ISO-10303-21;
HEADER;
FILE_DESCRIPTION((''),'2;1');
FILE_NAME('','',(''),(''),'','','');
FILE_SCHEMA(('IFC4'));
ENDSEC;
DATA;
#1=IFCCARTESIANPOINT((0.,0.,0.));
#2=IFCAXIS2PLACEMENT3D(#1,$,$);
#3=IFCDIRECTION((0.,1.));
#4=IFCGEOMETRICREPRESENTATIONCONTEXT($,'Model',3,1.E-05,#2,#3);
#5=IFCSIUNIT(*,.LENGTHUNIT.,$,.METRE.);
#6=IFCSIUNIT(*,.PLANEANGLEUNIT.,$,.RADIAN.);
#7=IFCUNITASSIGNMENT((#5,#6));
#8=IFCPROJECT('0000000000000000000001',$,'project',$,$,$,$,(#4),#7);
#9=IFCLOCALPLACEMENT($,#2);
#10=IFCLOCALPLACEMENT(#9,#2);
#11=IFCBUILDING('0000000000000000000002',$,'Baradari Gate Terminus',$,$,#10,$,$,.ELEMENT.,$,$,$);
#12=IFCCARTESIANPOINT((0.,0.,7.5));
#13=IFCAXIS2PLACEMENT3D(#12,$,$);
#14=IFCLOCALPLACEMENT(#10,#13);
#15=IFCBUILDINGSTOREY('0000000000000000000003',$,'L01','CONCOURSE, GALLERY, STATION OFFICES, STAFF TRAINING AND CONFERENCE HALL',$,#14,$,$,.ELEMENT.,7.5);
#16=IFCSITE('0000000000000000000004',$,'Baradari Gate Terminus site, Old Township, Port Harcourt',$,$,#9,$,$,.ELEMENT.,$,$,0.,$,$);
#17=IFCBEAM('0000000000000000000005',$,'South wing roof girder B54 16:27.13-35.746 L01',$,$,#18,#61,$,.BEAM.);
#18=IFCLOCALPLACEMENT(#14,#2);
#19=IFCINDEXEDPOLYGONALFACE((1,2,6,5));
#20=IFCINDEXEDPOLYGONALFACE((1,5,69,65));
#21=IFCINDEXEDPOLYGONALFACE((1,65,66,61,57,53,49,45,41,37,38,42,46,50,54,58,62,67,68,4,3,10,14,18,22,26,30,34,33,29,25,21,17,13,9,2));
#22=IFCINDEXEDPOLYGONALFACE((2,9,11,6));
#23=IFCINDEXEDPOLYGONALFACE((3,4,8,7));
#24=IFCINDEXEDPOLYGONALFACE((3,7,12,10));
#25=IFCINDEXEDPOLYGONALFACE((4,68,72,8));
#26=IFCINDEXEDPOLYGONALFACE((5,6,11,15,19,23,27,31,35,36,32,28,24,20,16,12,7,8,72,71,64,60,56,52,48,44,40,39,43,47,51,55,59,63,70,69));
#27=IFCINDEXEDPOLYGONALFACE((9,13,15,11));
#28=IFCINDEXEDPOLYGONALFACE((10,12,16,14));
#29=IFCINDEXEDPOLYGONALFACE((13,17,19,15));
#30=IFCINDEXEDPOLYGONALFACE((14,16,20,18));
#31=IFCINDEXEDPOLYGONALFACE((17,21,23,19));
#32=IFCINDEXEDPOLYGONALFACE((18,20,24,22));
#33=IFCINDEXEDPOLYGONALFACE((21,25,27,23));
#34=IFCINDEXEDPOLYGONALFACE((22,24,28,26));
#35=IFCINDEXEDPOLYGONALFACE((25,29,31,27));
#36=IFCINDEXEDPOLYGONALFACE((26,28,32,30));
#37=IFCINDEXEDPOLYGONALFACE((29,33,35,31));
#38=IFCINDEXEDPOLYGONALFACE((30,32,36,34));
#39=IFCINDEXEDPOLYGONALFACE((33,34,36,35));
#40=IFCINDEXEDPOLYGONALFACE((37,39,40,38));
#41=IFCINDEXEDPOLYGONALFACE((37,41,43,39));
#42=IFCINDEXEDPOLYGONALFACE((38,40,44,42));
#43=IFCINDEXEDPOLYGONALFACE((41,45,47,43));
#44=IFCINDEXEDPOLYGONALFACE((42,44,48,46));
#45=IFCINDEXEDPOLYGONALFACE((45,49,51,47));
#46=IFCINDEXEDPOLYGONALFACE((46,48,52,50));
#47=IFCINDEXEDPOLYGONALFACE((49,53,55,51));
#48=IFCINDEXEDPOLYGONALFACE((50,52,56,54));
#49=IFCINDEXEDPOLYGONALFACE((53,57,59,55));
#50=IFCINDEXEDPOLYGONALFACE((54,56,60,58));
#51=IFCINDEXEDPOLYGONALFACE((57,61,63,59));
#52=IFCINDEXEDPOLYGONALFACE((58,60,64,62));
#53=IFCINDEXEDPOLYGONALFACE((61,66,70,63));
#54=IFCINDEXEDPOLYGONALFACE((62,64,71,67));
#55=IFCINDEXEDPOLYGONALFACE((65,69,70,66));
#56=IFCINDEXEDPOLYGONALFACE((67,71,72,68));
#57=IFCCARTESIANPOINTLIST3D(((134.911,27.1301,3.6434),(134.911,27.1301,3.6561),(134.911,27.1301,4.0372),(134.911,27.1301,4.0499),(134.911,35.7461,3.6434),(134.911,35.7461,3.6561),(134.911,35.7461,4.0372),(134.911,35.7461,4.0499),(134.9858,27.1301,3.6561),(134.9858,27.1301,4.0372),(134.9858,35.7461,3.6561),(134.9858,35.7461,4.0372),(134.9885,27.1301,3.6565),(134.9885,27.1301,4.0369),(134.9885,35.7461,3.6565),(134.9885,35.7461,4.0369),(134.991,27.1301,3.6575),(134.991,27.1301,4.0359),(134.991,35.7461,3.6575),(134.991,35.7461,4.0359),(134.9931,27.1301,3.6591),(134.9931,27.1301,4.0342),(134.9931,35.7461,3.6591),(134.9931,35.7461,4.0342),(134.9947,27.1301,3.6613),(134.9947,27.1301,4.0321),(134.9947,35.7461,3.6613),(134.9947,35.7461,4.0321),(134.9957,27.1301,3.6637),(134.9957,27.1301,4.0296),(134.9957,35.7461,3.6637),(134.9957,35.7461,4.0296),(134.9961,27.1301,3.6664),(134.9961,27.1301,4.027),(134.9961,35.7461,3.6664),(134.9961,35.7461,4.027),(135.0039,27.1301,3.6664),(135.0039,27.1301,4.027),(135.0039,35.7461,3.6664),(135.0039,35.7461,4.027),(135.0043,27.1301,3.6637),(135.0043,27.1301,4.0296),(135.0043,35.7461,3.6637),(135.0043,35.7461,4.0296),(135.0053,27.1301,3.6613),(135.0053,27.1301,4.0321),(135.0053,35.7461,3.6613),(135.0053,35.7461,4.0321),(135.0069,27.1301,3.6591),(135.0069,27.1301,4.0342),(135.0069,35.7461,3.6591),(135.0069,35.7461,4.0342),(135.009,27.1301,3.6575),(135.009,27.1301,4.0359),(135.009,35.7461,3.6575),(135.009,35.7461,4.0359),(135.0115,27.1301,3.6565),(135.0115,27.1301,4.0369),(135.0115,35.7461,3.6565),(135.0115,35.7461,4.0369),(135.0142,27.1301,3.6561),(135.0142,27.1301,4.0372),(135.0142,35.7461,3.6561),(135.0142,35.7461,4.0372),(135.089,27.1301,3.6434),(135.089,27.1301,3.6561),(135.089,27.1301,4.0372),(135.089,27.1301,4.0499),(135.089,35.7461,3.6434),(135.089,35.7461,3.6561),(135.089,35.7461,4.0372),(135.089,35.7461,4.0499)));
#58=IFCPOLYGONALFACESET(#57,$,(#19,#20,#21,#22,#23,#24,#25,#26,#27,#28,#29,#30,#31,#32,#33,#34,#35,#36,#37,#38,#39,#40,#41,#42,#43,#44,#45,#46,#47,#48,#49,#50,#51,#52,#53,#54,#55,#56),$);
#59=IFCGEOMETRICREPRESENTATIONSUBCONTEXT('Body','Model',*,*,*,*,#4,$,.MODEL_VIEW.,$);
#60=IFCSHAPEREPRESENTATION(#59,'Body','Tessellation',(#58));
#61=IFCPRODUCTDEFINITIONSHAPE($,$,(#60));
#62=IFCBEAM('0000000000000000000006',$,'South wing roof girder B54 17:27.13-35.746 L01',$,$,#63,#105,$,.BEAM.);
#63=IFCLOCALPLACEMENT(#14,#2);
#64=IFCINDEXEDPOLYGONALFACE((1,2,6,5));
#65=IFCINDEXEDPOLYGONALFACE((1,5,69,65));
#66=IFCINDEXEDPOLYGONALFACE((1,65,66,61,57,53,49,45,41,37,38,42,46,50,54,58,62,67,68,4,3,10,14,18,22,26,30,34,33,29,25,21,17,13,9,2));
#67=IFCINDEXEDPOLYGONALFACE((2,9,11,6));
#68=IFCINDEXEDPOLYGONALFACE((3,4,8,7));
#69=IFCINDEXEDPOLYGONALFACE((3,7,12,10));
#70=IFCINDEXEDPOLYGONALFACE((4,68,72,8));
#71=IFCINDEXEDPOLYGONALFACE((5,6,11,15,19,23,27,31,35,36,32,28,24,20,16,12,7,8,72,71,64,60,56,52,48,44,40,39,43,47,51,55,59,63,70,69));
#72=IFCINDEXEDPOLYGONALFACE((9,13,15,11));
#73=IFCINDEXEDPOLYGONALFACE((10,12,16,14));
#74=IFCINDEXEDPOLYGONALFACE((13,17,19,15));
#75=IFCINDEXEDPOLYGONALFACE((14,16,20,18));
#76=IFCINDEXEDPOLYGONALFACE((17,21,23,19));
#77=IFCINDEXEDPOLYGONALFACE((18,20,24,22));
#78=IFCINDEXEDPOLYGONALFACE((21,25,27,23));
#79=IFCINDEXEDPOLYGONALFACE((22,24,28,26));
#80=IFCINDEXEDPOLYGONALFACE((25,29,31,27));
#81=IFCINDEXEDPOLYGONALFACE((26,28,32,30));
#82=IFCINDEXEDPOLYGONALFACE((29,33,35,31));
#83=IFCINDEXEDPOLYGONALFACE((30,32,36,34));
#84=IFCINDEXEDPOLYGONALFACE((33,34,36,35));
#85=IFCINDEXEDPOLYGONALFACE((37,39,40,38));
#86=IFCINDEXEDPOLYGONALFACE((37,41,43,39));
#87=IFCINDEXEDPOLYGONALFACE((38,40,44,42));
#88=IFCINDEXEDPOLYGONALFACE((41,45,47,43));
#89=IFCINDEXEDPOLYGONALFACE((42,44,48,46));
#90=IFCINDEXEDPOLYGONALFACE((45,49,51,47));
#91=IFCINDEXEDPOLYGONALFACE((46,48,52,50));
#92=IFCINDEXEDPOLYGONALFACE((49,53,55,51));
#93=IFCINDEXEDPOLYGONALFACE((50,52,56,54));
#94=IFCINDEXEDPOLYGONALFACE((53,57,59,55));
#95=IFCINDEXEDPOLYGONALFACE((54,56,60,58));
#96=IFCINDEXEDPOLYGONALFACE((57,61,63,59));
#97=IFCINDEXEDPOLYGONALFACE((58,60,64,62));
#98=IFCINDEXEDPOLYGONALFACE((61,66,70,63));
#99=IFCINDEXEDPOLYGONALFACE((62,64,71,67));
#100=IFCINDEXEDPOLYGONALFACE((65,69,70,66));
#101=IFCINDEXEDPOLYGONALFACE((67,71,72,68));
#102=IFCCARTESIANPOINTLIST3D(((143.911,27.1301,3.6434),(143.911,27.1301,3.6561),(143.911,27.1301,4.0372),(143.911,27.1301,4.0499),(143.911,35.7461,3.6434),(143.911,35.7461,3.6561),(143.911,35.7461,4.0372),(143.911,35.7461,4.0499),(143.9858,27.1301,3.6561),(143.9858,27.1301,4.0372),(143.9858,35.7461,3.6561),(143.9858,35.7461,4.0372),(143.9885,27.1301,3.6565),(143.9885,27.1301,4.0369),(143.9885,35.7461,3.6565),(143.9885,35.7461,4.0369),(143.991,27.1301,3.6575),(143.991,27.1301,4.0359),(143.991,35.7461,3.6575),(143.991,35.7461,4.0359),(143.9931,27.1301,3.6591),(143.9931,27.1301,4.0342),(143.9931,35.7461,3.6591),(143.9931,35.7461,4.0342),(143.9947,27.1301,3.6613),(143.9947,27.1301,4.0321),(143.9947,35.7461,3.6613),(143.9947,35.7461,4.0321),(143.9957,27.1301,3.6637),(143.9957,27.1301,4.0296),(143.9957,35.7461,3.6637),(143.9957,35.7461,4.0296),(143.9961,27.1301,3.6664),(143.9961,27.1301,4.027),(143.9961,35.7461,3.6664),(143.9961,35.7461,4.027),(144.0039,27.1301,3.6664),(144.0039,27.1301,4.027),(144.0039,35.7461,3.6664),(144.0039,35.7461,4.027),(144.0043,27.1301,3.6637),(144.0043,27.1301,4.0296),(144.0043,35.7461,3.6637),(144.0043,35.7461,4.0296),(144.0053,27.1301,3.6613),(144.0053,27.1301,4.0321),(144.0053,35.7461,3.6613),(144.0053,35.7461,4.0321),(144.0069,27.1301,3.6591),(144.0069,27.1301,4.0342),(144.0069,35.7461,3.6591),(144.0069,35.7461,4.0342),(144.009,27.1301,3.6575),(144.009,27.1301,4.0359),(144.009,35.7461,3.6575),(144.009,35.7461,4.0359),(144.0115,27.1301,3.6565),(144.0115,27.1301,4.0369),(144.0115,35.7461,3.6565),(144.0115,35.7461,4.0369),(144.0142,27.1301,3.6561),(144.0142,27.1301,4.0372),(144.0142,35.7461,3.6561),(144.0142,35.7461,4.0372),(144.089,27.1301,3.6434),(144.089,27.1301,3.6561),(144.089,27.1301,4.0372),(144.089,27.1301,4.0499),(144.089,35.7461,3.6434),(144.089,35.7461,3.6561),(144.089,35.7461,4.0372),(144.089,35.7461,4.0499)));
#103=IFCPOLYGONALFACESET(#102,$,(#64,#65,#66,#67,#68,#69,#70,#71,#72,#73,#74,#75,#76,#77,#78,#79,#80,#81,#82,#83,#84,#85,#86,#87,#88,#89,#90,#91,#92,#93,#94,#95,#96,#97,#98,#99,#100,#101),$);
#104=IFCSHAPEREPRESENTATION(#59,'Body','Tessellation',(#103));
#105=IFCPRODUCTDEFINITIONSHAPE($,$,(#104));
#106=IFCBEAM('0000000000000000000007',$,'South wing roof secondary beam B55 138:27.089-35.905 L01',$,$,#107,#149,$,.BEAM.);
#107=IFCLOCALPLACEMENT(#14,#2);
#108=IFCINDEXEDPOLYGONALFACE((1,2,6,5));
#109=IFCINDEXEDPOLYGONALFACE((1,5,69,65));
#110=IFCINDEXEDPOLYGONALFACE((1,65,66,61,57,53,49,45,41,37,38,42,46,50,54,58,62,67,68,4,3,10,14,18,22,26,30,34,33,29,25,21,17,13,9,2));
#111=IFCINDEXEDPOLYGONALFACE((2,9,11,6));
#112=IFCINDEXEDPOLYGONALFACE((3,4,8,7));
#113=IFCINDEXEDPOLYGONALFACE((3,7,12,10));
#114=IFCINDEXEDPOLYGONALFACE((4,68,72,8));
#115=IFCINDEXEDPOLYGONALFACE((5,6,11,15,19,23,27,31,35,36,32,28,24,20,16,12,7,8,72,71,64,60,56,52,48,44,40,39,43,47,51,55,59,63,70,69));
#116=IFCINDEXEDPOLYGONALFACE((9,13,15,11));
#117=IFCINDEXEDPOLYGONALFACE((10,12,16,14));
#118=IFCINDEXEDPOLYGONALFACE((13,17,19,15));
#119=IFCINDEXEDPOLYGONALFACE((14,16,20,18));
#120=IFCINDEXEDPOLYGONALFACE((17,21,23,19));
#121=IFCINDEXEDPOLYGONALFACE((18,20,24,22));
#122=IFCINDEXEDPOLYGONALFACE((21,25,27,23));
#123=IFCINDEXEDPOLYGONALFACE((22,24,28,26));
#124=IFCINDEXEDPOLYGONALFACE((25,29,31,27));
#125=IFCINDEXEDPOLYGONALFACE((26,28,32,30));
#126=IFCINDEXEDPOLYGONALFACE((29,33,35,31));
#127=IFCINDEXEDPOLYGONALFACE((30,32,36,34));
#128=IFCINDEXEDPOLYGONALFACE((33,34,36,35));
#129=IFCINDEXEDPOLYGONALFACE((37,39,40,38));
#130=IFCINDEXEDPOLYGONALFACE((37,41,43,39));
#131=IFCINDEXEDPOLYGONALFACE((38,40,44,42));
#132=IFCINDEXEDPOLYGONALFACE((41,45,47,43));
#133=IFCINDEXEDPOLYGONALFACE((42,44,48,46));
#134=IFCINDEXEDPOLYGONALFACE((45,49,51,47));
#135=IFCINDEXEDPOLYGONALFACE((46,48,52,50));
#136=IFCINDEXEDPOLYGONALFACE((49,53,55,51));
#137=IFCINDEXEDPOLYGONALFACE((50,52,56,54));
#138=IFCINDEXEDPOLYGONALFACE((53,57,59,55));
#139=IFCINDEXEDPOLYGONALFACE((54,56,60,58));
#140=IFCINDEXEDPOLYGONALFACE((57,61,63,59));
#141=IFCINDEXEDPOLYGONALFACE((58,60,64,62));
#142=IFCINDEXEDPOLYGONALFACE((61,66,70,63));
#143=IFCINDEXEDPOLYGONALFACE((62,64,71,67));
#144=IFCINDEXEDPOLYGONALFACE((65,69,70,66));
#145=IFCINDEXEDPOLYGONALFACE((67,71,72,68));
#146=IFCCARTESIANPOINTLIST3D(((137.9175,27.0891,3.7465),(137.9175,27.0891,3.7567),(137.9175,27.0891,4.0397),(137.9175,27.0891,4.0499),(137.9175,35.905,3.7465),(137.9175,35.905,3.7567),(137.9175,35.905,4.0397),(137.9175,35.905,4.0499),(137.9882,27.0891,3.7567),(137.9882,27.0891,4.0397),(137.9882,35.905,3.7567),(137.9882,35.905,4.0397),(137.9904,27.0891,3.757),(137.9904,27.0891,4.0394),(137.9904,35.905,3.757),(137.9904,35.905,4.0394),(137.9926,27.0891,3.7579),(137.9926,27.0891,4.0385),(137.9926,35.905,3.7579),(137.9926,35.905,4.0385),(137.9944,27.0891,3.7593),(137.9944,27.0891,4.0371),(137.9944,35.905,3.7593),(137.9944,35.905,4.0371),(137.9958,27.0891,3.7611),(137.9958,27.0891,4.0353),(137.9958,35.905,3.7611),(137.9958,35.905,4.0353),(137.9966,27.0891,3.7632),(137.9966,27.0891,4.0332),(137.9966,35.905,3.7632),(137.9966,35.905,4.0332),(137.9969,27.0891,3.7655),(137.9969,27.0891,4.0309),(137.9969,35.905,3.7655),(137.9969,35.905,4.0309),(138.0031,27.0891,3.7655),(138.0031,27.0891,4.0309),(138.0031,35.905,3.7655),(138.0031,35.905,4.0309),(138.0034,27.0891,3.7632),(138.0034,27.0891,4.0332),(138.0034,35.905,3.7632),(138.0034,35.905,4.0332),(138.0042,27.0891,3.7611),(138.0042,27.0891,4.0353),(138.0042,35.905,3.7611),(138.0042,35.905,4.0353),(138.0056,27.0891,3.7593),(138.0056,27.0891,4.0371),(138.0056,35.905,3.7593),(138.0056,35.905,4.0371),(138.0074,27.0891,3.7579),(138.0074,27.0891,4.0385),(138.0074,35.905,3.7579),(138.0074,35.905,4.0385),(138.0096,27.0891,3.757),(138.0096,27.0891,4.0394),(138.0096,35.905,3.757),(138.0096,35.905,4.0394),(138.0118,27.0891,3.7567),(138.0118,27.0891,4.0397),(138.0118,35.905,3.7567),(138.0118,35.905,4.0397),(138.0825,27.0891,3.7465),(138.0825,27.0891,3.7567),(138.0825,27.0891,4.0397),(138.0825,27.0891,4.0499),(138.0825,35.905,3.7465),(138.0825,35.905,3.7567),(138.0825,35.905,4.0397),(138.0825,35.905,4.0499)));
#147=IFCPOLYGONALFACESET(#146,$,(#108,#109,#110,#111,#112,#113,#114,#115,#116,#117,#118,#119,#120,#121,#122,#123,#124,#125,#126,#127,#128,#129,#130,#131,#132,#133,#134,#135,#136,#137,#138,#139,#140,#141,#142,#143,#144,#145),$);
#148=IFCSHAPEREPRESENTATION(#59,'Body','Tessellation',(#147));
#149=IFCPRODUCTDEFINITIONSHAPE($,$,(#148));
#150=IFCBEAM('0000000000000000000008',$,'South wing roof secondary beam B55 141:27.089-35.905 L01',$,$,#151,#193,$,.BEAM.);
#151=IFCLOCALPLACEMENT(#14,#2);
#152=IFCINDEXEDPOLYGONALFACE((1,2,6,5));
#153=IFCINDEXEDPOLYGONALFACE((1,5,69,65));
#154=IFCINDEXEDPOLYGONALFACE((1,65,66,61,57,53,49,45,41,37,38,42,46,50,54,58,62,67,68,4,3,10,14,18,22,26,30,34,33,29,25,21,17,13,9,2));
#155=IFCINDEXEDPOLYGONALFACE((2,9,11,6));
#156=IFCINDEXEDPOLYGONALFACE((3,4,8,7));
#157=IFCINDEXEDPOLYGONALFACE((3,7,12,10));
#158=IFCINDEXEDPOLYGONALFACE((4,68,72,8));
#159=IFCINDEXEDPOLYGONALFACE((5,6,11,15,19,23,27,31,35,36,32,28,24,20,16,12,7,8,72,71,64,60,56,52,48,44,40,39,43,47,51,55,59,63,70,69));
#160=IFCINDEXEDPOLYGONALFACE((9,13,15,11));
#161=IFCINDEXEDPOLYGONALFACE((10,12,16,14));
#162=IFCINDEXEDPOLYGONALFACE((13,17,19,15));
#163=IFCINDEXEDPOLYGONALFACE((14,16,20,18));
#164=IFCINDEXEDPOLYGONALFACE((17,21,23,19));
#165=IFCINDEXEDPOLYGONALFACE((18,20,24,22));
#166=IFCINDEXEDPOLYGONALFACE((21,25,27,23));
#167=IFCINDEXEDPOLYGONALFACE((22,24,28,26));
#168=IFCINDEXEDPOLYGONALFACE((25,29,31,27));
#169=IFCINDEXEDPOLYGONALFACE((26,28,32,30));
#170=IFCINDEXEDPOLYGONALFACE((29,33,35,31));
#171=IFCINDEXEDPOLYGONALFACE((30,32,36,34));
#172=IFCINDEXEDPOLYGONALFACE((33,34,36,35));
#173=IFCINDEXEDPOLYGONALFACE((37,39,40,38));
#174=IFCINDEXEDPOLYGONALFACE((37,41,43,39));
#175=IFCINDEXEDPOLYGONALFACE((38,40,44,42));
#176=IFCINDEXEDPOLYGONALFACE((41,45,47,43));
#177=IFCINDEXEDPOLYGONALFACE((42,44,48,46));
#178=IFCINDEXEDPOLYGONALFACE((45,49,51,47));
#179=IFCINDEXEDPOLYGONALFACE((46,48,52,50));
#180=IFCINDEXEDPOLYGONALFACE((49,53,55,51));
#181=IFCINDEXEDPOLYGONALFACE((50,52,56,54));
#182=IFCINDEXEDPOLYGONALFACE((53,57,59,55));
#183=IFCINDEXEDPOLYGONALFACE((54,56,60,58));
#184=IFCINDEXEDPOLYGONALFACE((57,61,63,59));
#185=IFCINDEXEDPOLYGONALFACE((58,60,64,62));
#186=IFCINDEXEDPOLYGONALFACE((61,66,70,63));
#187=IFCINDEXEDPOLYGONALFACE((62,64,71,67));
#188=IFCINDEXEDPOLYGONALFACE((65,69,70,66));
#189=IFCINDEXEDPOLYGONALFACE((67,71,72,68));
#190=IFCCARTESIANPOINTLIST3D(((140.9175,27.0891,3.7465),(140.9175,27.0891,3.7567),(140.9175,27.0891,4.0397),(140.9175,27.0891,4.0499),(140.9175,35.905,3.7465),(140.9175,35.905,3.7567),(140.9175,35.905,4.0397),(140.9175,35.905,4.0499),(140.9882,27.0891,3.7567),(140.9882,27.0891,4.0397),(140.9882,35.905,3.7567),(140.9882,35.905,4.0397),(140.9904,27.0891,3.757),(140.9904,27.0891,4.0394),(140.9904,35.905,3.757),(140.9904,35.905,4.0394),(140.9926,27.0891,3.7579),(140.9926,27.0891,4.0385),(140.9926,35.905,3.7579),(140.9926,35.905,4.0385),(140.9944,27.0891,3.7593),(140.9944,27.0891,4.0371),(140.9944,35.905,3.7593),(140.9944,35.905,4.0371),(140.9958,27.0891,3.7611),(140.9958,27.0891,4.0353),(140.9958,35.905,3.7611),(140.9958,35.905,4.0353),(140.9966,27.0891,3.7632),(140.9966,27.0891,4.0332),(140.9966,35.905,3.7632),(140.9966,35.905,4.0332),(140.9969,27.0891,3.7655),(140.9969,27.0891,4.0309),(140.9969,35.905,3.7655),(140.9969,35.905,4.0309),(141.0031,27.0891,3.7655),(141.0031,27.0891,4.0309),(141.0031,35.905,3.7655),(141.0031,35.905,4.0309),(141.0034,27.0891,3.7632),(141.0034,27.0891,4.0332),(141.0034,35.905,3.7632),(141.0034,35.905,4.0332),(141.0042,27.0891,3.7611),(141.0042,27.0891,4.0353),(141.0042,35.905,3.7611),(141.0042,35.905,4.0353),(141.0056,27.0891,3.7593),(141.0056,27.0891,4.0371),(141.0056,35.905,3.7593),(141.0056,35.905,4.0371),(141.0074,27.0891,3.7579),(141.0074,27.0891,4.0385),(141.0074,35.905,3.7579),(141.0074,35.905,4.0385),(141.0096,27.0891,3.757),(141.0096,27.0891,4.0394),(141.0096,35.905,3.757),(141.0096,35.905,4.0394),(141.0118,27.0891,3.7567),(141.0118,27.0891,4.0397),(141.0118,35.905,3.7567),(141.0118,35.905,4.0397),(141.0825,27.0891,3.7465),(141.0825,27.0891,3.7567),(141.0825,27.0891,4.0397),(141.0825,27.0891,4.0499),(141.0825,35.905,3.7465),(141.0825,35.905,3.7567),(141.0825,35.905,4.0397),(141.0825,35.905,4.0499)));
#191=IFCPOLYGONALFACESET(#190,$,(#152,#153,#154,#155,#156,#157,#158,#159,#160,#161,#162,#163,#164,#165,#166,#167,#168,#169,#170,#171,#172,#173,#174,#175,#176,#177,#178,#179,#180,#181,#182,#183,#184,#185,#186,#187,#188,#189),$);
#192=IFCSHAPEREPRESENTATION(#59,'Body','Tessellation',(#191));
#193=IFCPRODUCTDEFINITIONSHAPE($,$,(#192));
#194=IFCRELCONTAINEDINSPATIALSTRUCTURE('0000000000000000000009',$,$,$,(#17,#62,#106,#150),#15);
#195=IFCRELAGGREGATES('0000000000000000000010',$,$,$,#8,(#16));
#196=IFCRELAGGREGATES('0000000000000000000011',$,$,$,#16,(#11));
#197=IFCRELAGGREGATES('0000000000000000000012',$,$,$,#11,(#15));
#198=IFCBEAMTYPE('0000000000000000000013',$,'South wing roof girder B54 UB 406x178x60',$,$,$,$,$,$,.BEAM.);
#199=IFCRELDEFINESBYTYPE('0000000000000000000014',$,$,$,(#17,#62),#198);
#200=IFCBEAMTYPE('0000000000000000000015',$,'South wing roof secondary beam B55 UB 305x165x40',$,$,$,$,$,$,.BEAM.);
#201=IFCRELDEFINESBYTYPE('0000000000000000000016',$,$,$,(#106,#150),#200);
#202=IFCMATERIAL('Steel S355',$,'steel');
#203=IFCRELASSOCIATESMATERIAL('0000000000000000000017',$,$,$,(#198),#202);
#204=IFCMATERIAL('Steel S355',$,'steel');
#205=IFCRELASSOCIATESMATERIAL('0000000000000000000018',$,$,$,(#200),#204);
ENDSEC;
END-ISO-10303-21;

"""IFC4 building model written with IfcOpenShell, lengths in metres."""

from ifc_helpers import new_model, si_unit, direction, frame, origin, origin_2d, place, context, subcontext, project, spatial, i_section, extrude, material, material_profile, profile_set, type_object, element, save


model = new_model("IFC4")

# Units and contexts
model_context = context("Model", 3, precision=1e-05, world=origin(), true_north=direction((0.0, 1.0)))
body_context = subcontext(model_context, "Body", "Model", "MODEL_VIEW")
ifc_project = project(units=[si_unit("LENGTHUNIT", "METRE"), si_unit("PLANEANGLEUNIT", "RADIAN")], contexts=[model_context])

# Site, building, storey
site_placement = place(None, origin())
site = spatial("IfcSite", under=ifc_project, at=site_placement, Name="Baradari Gate Terminus site, Old Township, Port Harcourt", CompositionType="ELEMENT", RefElevation=0.0)
building_placement = place(site_placement, origin())
building = spatial("IfcBuilding", under=site, at=building_placement, Name="Baradari Gate Terminus", CompositionType="ELEMENT")
storey_placement = place(building_placement, frame((0.0, 0.0, 7.5)))
storey = spatial("IfcBuildingStorey", under=building, at=storey_placement, Name="L01", Description="CONCOURSE, GALLERY, STATION OFFICES, STAFF TRAINING AND CONFERENCE HALL", CompositionType="ELEMENT", Elevation=7.5)

# Beams
ifc_material_1 = material(Name="Steel S355", Category="steel")
ifc_material_profile_1 = material_profile(ifc_material_1, i_section(OverallWidth=0.178, OverallDepth=0.4065, WebThickness=0.0078, FlangeThickness=0.0127, FilletRadius=0.0103, at=origin_2d()), Name="UB 406x178x60")
ifc_profile_set_1 = profile_set([ifc_material_profile_1], Name="Steel S355")
beam_type_1 = type_object("IfcBeamType", Name="South wing roof girder B54 UB 406x178x60", PredefinedType="BEAM", material=ifc_profile_set_1)
for number, where, z_axis, x_axis, name in (
    (1, (135.0, 27.1301, 3.8467), (0.0, 1.0, 0.0), (-1.0, 0.0, 0.0), "South wing roof girder B54 16:27.13-35.746 L01"),
    (2, (144.0, 27.1301, 3.8467), (0.0, 1.0, 0.0), (-1.0, 0.0, 0.0), "South wing roof girder B54 17:27.13-35.746 L01"),
):
    element("IfcBeam", number, at=place(storey_placement, frame(where, z_axis=z_axis, x_axis=x_axis)), inside=storey, type_object=beam_type_1, Name=name, PredefinedType="BEAM", context=body_context, shape_type="SweptSolid", body=[
        extrude(i_section(OverallWidth=0.178, OverallDepth=0.4065, WebThickness=0.0078, FlangeThickness=0.0127, FilletRadius=0.0103, at=origin_2d()), origin(), (0.0, 0.0, 1.0), 8.616),
    ])
ifc_material_2 = material(Name="Steel S355", Category="steel")
ifc_material_profile_2 = material_profile(ifc_material_2, i_section(OverallWidth=0.165, OverallDepth=0.3035, WebThickness=0.0061, FlangeThickness=0.0103, FilletRadius=0.0088, at=origin_2d()), Name="UB 305x165x40")
ifc_profile_set_2 = profile_set([ifc_material_profile_2], Name="Steel S355")
beam_type_2 = type_object("IfcBeamType", Name="South wing roof secondary beam B55 UB 305x165x40", PredefinedType="BEAM", material=ifc_profile_set_2)
for number, where, z_axis, x_axis, name in (
    (3, (138.0, 27.0891, 3.8982), (0.0, 1.0, 0.0), (-1.0, 0.0, 0.0), "South wing roof secondary beam B55 138:27.089-35.905 L01"),
    (4, (141.0, 27.0891, 3.8982), (0.0, 1.0, 0.0), (-1.0, 0.0, 0.0), "South wing roof secondary beam B55 141:27.089-35.905 L01"),
):
    element("IfcBeam", number, at=place(storey_placement, frame(where, z_axis=z_axis, x_axis=x_axis)), inside=storey, type_object=beam_type_2, Name=name, PredefinedType="BEAM", context=body_context, shape_type="SweptSolid", body=[
        extrude(i_section(OverallWidth=0.165, OverallDepth=0.3035, WebThickness=0.0061, FlangeThickness=0.0103, FilletRadius=0.0088, at=origin_2d()), origin(), (0.0, 0.0, 1.0), 8.8159),
    ])

save(model, "model.ifc")
